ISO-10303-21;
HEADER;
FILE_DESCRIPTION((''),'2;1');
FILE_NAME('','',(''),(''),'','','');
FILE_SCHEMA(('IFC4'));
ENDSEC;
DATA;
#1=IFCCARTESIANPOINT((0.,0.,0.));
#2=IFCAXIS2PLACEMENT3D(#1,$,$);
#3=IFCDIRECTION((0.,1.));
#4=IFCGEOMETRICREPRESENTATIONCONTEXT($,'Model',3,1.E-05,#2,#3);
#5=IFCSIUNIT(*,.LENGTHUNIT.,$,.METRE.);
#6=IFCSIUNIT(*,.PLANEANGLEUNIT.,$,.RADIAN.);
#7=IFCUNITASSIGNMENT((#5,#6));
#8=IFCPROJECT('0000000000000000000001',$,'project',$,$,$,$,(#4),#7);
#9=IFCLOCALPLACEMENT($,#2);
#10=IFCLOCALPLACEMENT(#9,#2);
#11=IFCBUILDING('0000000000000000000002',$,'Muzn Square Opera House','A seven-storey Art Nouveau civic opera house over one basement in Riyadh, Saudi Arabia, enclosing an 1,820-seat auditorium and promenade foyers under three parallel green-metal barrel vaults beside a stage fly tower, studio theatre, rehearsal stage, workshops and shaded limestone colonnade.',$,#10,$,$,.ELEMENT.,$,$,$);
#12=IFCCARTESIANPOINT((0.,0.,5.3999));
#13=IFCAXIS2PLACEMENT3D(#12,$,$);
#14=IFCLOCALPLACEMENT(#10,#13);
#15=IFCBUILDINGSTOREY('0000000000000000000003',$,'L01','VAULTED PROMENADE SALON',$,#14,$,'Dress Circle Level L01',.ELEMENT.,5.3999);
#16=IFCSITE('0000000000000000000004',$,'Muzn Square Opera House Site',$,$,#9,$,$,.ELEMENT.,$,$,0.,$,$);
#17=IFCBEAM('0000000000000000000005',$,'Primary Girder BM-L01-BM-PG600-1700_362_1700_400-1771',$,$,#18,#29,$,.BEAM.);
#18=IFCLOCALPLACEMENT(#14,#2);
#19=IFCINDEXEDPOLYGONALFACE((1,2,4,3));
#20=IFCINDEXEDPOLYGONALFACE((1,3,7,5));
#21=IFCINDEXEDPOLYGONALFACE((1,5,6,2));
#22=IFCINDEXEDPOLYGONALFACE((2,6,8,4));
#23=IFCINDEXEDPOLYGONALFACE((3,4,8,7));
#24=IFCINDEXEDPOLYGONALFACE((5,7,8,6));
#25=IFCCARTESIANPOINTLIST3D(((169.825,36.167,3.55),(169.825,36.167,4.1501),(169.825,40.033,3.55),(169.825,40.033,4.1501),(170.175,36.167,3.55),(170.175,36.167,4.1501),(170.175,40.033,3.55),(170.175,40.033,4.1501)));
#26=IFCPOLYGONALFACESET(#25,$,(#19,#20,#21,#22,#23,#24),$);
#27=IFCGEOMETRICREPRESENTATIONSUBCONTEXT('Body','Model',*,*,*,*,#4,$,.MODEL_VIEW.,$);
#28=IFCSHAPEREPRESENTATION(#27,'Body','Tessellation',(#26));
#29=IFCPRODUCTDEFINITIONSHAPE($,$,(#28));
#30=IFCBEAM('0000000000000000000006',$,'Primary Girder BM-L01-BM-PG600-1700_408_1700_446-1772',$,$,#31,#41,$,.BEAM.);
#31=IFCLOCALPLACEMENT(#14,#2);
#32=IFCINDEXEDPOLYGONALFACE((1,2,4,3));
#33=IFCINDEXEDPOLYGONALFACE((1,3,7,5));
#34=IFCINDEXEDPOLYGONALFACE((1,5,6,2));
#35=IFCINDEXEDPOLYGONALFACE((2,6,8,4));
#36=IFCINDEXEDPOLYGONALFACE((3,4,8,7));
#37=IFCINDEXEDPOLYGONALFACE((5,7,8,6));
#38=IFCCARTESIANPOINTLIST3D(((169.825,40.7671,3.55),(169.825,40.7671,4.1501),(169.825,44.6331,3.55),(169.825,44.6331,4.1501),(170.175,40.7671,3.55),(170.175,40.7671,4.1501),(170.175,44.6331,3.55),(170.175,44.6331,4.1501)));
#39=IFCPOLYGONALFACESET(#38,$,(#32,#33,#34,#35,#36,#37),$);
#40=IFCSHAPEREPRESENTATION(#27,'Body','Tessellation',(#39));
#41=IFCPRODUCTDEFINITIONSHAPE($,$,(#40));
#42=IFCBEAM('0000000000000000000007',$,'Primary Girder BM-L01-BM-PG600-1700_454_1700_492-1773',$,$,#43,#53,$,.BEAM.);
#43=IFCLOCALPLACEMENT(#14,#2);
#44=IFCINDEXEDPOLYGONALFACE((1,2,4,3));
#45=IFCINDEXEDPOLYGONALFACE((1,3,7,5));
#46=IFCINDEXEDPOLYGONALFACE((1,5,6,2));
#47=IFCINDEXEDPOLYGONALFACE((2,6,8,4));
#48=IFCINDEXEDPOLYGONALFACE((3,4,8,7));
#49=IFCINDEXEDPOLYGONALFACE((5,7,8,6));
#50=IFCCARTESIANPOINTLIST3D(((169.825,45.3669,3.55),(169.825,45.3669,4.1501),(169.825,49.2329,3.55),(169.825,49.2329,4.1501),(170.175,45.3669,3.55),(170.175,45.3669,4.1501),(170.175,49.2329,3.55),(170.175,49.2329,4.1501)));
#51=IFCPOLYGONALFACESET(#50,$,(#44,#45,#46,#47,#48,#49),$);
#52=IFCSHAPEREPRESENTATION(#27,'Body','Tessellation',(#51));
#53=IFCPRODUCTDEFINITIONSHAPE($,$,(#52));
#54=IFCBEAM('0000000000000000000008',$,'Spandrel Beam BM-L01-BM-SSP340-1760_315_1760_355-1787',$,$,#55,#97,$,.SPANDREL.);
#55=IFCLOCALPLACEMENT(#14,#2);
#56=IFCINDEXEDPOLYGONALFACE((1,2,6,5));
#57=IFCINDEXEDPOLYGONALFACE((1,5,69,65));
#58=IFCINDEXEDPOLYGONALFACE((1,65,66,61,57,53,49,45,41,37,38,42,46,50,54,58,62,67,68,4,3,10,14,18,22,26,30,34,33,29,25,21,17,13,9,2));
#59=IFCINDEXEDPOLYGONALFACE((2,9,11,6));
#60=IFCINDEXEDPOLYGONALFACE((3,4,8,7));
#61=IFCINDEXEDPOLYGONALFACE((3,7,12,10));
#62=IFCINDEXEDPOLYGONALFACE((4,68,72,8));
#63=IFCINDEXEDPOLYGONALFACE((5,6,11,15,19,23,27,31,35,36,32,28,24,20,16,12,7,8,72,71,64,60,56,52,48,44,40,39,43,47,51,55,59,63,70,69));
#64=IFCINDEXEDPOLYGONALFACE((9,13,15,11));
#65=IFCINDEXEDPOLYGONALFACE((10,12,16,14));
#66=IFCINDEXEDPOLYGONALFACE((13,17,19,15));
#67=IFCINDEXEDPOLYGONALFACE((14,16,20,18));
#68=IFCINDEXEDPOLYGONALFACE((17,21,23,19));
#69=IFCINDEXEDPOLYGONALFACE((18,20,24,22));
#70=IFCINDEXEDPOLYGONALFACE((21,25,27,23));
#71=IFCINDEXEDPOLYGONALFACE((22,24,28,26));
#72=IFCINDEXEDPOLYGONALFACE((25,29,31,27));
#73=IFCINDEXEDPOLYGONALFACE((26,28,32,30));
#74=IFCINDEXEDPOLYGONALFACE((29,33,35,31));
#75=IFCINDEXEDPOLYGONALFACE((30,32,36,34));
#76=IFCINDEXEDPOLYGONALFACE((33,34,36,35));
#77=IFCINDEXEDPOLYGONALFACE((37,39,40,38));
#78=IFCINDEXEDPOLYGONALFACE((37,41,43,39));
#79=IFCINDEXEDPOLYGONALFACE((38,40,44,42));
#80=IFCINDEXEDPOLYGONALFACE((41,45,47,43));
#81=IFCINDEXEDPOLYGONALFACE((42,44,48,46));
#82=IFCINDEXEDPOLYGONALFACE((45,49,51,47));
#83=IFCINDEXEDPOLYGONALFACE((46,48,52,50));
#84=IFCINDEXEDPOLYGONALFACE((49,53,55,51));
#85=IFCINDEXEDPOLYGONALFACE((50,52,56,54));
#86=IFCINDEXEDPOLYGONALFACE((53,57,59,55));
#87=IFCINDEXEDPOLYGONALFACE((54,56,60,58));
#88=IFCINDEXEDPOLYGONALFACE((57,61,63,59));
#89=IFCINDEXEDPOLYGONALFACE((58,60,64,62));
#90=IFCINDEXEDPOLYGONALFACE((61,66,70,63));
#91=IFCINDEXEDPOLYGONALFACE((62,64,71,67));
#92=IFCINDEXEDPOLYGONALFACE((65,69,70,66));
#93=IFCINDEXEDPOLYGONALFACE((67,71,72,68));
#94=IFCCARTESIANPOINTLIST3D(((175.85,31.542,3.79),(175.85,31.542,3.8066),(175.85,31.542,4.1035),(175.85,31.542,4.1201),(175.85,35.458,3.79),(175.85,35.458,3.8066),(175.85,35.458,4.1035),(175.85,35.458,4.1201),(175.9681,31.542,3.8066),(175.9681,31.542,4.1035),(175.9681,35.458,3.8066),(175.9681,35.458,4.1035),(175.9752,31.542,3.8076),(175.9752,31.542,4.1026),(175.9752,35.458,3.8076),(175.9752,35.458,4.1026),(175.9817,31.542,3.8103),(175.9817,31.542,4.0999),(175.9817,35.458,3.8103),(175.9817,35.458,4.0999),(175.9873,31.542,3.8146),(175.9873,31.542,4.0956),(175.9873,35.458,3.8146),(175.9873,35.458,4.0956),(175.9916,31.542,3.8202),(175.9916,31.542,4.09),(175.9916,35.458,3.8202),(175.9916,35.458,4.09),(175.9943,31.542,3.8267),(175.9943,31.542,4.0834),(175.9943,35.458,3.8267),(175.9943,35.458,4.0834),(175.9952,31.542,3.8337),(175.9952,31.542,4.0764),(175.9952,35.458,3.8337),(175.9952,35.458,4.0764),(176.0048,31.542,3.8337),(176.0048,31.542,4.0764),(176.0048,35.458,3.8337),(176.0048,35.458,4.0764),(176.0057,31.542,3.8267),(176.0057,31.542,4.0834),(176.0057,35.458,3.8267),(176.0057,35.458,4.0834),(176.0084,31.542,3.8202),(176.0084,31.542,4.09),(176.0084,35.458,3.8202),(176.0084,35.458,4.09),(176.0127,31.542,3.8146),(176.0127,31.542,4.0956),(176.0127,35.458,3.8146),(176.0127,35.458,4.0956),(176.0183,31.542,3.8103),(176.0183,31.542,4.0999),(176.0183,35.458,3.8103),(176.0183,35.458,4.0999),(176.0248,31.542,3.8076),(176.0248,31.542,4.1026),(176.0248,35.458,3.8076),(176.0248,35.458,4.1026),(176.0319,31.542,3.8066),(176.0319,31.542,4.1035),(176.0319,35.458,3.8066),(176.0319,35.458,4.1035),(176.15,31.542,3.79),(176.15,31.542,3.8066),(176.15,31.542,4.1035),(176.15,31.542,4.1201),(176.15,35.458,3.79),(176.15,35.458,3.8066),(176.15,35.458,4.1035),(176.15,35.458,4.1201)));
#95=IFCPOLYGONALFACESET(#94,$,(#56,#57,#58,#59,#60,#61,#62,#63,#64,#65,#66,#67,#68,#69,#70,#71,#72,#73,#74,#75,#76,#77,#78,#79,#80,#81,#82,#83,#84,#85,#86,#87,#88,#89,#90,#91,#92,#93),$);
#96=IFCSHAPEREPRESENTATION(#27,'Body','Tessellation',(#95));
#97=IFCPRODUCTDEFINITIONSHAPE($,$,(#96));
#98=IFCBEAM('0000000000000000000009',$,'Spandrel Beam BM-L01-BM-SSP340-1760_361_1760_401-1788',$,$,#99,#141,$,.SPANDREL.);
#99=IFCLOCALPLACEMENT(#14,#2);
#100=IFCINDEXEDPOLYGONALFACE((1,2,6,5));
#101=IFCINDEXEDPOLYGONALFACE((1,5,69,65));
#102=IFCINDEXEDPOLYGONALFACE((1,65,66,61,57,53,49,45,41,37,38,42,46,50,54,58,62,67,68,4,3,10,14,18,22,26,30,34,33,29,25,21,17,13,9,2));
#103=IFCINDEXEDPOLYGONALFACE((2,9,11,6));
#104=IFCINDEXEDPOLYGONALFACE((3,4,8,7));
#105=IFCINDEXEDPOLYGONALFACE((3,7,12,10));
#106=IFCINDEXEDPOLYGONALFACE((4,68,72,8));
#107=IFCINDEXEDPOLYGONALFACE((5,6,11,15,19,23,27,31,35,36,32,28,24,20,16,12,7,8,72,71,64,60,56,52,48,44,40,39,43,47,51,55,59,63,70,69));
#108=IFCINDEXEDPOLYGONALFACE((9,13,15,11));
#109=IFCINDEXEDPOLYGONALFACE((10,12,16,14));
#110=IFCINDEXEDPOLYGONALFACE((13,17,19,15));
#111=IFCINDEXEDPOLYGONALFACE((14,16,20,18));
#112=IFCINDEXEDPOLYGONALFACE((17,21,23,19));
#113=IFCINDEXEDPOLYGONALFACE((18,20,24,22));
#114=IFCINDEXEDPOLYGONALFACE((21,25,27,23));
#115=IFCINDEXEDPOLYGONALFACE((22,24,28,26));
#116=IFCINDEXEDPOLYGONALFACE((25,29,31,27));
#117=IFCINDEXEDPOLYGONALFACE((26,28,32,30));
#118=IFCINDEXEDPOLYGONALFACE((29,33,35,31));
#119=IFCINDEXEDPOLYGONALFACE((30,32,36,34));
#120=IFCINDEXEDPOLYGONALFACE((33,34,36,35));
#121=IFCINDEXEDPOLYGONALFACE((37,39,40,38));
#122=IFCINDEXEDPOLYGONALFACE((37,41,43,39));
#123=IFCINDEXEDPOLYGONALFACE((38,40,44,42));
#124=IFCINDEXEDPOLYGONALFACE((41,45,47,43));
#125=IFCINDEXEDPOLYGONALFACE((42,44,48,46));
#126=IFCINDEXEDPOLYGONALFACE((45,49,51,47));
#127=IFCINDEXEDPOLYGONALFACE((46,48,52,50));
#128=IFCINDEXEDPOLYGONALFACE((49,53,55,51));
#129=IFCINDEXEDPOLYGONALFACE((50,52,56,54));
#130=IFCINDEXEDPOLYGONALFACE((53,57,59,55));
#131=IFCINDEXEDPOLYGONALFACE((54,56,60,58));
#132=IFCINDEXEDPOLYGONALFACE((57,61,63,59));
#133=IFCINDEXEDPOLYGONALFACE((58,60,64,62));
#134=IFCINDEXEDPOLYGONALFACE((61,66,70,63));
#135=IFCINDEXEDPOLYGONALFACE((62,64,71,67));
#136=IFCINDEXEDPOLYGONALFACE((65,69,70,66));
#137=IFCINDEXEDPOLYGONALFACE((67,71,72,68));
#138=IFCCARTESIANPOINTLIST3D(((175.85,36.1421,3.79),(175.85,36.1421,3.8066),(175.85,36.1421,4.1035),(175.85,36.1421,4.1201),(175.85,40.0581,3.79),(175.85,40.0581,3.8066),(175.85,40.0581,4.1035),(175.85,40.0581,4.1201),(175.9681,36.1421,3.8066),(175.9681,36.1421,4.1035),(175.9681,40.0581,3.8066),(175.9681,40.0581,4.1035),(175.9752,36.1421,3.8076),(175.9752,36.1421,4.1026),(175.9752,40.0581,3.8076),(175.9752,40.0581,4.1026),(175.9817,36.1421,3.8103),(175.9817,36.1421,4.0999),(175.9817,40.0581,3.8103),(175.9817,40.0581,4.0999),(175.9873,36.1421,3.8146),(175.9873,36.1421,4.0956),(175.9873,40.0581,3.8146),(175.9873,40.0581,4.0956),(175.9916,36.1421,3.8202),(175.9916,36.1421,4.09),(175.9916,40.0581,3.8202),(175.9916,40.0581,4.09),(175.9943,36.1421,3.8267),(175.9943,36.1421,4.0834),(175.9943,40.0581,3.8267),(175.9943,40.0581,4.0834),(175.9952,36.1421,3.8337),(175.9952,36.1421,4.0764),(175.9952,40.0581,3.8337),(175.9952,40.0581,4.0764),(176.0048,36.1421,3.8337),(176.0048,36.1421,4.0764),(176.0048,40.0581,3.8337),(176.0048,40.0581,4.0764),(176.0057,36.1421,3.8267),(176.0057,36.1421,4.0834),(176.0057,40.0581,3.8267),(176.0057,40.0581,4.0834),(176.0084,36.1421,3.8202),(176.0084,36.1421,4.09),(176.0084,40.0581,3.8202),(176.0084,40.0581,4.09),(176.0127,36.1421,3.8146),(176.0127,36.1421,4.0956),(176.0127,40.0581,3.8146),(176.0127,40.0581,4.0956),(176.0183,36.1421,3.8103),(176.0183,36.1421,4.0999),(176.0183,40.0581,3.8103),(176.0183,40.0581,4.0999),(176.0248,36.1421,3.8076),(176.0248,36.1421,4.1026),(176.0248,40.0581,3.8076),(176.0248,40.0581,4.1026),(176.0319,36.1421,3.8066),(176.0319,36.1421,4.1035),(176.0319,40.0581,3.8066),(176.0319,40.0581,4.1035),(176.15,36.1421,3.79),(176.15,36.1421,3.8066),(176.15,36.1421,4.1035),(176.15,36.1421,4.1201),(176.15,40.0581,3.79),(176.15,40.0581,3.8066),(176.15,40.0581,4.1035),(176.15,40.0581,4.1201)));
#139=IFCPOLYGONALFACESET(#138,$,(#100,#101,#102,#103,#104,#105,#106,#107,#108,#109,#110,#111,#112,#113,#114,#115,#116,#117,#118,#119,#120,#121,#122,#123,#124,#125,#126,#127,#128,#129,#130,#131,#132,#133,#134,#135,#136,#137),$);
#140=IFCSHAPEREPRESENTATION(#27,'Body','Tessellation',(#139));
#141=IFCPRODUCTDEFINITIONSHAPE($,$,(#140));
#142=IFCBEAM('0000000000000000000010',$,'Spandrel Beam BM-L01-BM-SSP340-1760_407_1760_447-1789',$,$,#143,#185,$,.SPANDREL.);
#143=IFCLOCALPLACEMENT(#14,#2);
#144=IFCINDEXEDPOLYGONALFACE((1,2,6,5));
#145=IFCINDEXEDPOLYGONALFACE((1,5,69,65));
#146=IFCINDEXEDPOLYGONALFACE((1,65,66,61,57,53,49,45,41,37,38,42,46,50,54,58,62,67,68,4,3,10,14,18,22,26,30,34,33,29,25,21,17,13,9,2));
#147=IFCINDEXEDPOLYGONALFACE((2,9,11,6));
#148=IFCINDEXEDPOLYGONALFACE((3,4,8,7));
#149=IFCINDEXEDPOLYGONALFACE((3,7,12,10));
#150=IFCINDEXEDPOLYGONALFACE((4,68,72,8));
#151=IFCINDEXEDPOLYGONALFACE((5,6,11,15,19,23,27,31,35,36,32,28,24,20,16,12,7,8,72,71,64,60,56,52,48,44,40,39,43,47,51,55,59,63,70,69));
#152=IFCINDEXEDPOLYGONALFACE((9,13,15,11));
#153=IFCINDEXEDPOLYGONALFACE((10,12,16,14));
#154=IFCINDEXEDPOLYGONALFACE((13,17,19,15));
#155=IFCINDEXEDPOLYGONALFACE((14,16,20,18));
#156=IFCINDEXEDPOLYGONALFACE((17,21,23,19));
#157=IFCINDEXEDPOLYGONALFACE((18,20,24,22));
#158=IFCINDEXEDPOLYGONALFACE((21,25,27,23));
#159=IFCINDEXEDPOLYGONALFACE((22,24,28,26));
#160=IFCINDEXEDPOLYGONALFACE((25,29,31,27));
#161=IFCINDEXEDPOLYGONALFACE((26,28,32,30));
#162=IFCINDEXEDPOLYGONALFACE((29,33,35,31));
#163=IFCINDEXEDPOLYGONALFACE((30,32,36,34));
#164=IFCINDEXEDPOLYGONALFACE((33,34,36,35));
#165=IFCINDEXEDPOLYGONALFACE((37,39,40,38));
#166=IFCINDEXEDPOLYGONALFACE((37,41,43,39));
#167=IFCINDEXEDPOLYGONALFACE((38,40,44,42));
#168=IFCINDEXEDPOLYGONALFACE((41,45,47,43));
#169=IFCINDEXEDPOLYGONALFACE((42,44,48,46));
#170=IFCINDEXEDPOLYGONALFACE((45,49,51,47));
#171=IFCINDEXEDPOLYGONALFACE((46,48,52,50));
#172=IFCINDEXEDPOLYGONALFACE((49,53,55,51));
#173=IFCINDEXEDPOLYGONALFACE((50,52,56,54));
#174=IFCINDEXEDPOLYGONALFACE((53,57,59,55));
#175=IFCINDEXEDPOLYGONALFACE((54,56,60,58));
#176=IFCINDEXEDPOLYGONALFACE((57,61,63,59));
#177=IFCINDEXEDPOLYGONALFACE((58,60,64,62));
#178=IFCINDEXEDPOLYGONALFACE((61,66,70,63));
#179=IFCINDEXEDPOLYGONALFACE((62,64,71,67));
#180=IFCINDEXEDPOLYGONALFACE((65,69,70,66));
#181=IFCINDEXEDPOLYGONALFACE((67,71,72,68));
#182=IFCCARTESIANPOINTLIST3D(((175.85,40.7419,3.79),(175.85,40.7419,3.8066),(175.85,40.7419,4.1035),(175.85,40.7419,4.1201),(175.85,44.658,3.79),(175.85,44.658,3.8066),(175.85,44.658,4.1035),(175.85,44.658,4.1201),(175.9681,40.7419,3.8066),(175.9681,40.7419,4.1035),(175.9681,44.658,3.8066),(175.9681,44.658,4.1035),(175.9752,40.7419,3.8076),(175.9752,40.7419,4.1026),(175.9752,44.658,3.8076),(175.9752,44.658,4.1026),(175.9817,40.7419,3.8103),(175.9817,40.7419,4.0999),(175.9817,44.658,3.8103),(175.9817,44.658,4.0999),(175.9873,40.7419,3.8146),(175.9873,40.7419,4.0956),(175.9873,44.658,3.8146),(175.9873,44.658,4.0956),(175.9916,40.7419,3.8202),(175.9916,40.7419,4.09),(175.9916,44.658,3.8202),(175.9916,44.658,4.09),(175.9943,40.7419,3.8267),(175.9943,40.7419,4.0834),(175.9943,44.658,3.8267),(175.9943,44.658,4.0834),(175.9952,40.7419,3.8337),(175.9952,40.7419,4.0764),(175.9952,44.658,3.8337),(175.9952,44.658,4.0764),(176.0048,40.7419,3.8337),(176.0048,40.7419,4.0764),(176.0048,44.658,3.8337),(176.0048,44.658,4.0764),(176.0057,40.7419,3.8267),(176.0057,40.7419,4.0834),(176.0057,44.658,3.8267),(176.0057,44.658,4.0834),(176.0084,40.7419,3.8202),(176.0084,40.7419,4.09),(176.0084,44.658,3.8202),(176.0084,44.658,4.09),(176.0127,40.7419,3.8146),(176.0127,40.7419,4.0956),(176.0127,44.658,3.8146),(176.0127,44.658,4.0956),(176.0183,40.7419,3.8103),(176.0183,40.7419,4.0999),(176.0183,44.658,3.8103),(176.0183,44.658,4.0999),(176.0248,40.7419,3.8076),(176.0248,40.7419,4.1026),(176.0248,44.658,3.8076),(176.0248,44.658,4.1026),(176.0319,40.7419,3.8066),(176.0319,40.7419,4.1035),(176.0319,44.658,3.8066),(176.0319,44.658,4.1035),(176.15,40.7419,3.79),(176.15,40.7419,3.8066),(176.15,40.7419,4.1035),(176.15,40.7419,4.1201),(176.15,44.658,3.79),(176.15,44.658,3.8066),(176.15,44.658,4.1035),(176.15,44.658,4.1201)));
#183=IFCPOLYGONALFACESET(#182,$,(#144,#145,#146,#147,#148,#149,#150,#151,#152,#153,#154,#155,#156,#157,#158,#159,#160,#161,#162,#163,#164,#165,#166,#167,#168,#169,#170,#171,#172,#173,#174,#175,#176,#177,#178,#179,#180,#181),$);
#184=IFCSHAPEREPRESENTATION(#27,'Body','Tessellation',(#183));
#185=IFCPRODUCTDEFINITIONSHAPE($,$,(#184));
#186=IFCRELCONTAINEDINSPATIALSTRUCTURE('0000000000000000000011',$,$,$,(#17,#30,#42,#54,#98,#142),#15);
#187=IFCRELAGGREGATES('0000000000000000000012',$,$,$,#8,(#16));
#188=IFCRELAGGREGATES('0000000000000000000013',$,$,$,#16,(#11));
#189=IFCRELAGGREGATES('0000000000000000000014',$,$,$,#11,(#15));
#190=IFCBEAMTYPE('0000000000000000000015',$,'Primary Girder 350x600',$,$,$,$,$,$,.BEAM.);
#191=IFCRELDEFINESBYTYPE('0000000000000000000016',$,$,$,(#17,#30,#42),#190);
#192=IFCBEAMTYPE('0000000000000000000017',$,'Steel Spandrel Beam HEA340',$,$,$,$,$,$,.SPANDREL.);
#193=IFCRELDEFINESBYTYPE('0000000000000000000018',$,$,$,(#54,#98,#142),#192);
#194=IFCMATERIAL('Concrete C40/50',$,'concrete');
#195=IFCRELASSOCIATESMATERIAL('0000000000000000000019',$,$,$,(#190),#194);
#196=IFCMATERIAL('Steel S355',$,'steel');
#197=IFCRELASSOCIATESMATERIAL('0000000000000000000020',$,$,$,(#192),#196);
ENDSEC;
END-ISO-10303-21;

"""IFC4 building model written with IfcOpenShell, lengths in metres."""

from ifc_helpers import new_model, si_unit, direction, frame, origin, origin_2d, place, context, subcontext, project, spatial, rectangle, i_section, extrude, material, material_profile, profile_set, type_object, element, save


model = new_model("IFC4")

# Units and contexts
model_context = context("Model", 3, precision=1e-05, world=origin(), true_north=direction((0.0, 1.0)))
body_context = subcontext(model_context, "Body", "Model", "MODEL_VIEW")
ifc_project = project(units=[si_unit("LENGTHUNIT", "METRE"), si_unit("PLANEANGLEUNIT", "RADIAN")], contexts=[model_context])

# Site, building, storey
site_placement = place(None, origin())
site = spatial("IfcSite", under=ifc_project, at=site_placement, Name="Muzn Square Opera House Site", CompositionType="ELEMENT", RefElevation=0.0)
building_placement = place(site_placement, origin())
building = spatial("IfcBuilding", under=site, at=building_placement, Name="Muzn Square Opera House", Description="A seven-storey Art Nouveau civic opera house over one basement in Riyadh, Saudi Arabia, enclosing an 1,820-seat auditorium and promenade foyers under three parallel green-metal barrel vaults beside a stage fly tower, studio theatre, rehearsal stage, workshops and shaded limestone colonnade.", CompositionType="ELEMENT")
storey_placement = place(building_placement, frame((0.0, 0.0, 5.3999)))
storey = spatial("IfcBuildingStorey", under=building, at=storey_placement, Name="L01", Description="VAULTED PROMENADE SALON", LongName="Dress Circle Level L01", CompositionType="ELEMENT", Elevation=5.3999)

# Beams
ifc_material_1 = material(Name="Concrete C40/50", Category="concrete")
ifc_material_profile_1 = material_profile(ifc_material_1, rectangle(XDim=0.3501, YDim=0.6001, at=origin_2d()), Name="RCB 350x600", Category="concrete")
ifc_profile_set_1 = profile_set([ifc_material_profile_1], Name="Concrete C40/50")
beam_type_1 = type_object("IfcBeamType", Name="Primary Girder 350x600", PredefinedType="BEAM", material=ifc_profile_set_1)
for number, where, z_axis, x_axis, name in (
    (1, (170.0, 36.167, 3.8501), (0.0, 1.0, 0.0), (-1.0, 0.0, 0.0), "Primary Girder BM-L01-BM-PG600-1700_362_1700_400-1771"),
    (2, (170.0, 40.7671, 3.8501), (0.0, 1.0, 0.0), (-1.0, 0.0, 0.0), "Primary Girder BM-L01-BM-PG600-1700_408_1700_446-1772"),
    (3, (170.0, 45.3669, 3.8501), (0.0, 1.0, 0.0), (-1.0, 0.0, 0.0), "Primary Girder BM-L01-BM-PG600-1700_454_1700_492-1773"),
):
    element("IfcBeam", number, at=place(storey_placement, frame(where, z_axis=z_axis, x_axis=x_axis)), inside=storey, type_object=beam_type_1, Name=name, PredefinedType="BEAM", context=body_context, shape_type="SweptSolid", body=[
        extrude(rectangle(XDim=0.3501, YDim=0.6001, at=origin_2d()), origin(), (0.0, 0.0, 1.0), 3.866),
    ])
ifc_material_2 = material(Name="Steel S355", Category="steel")
ifc_material_profile_2 = material_profile(ifc_material_2, i_section(OverallWidth=0.3, OverallDepth=0.3301, WebThickness=0.0095, FlangeThickness=0.0166, FilletRadius=0.0271, at=origin_2d()), Name="HEA 340", Category="steel")
ifc_profile_set_2 = profile_set([ifc_material_profile_2], Name="Steel S355")
beam_type_2 = type_object("IfcBeamType", Name="Steel Spandrel Beam HEA340", PredefinedType="SPANDREL", material=ifc_profile_set_2)
for number, where, z_axis, x_axis, name in (
    (4, (176.0, 31.542, 3.9551), (0.0, 1.0, 0.0), (-1.0, 0.0, 0.0), "Spandrel Beam BM-L01-BM-SSP340-1760_315_1760_355-1787"),
    (5, (176.0, 36.1421, 3.9551), (0.0, 1.0, 0.0), (-1.0, 0.0, 0.0), "Spandrel Beam BM-L01-BM-SSP340-1760_361_1760_401-1788"),
    (6, (176.0, 40.7419, 3.9551), (0.0, 1.0, 0.0), (-1.0, 0.0, 0.0), "Spandrel Beam BM-L01-BM-SSP340-1760_407_1760_447-1789"),
):
    element("IfcBeam", number, at=place(storey_placement, frame(where, z_axis=z_axis, x_axis=x_axis)), inside=storey, type_object=beam_type_2, Name=name, PredefinedType="SPANDREL", context=body_context, shape_type="SweptSolid", body=[
        extrude(i_section(OverallWidth=0.3, OverallDepth=0.3301, WebThickness=0.0095, FlangeThickness=0.0166, FilletRadius=0.0271, at=origin_2d()), origin(), (0.0, 0.0, 1.0), 3.916),
    ])

save(model, "model.ifc")
